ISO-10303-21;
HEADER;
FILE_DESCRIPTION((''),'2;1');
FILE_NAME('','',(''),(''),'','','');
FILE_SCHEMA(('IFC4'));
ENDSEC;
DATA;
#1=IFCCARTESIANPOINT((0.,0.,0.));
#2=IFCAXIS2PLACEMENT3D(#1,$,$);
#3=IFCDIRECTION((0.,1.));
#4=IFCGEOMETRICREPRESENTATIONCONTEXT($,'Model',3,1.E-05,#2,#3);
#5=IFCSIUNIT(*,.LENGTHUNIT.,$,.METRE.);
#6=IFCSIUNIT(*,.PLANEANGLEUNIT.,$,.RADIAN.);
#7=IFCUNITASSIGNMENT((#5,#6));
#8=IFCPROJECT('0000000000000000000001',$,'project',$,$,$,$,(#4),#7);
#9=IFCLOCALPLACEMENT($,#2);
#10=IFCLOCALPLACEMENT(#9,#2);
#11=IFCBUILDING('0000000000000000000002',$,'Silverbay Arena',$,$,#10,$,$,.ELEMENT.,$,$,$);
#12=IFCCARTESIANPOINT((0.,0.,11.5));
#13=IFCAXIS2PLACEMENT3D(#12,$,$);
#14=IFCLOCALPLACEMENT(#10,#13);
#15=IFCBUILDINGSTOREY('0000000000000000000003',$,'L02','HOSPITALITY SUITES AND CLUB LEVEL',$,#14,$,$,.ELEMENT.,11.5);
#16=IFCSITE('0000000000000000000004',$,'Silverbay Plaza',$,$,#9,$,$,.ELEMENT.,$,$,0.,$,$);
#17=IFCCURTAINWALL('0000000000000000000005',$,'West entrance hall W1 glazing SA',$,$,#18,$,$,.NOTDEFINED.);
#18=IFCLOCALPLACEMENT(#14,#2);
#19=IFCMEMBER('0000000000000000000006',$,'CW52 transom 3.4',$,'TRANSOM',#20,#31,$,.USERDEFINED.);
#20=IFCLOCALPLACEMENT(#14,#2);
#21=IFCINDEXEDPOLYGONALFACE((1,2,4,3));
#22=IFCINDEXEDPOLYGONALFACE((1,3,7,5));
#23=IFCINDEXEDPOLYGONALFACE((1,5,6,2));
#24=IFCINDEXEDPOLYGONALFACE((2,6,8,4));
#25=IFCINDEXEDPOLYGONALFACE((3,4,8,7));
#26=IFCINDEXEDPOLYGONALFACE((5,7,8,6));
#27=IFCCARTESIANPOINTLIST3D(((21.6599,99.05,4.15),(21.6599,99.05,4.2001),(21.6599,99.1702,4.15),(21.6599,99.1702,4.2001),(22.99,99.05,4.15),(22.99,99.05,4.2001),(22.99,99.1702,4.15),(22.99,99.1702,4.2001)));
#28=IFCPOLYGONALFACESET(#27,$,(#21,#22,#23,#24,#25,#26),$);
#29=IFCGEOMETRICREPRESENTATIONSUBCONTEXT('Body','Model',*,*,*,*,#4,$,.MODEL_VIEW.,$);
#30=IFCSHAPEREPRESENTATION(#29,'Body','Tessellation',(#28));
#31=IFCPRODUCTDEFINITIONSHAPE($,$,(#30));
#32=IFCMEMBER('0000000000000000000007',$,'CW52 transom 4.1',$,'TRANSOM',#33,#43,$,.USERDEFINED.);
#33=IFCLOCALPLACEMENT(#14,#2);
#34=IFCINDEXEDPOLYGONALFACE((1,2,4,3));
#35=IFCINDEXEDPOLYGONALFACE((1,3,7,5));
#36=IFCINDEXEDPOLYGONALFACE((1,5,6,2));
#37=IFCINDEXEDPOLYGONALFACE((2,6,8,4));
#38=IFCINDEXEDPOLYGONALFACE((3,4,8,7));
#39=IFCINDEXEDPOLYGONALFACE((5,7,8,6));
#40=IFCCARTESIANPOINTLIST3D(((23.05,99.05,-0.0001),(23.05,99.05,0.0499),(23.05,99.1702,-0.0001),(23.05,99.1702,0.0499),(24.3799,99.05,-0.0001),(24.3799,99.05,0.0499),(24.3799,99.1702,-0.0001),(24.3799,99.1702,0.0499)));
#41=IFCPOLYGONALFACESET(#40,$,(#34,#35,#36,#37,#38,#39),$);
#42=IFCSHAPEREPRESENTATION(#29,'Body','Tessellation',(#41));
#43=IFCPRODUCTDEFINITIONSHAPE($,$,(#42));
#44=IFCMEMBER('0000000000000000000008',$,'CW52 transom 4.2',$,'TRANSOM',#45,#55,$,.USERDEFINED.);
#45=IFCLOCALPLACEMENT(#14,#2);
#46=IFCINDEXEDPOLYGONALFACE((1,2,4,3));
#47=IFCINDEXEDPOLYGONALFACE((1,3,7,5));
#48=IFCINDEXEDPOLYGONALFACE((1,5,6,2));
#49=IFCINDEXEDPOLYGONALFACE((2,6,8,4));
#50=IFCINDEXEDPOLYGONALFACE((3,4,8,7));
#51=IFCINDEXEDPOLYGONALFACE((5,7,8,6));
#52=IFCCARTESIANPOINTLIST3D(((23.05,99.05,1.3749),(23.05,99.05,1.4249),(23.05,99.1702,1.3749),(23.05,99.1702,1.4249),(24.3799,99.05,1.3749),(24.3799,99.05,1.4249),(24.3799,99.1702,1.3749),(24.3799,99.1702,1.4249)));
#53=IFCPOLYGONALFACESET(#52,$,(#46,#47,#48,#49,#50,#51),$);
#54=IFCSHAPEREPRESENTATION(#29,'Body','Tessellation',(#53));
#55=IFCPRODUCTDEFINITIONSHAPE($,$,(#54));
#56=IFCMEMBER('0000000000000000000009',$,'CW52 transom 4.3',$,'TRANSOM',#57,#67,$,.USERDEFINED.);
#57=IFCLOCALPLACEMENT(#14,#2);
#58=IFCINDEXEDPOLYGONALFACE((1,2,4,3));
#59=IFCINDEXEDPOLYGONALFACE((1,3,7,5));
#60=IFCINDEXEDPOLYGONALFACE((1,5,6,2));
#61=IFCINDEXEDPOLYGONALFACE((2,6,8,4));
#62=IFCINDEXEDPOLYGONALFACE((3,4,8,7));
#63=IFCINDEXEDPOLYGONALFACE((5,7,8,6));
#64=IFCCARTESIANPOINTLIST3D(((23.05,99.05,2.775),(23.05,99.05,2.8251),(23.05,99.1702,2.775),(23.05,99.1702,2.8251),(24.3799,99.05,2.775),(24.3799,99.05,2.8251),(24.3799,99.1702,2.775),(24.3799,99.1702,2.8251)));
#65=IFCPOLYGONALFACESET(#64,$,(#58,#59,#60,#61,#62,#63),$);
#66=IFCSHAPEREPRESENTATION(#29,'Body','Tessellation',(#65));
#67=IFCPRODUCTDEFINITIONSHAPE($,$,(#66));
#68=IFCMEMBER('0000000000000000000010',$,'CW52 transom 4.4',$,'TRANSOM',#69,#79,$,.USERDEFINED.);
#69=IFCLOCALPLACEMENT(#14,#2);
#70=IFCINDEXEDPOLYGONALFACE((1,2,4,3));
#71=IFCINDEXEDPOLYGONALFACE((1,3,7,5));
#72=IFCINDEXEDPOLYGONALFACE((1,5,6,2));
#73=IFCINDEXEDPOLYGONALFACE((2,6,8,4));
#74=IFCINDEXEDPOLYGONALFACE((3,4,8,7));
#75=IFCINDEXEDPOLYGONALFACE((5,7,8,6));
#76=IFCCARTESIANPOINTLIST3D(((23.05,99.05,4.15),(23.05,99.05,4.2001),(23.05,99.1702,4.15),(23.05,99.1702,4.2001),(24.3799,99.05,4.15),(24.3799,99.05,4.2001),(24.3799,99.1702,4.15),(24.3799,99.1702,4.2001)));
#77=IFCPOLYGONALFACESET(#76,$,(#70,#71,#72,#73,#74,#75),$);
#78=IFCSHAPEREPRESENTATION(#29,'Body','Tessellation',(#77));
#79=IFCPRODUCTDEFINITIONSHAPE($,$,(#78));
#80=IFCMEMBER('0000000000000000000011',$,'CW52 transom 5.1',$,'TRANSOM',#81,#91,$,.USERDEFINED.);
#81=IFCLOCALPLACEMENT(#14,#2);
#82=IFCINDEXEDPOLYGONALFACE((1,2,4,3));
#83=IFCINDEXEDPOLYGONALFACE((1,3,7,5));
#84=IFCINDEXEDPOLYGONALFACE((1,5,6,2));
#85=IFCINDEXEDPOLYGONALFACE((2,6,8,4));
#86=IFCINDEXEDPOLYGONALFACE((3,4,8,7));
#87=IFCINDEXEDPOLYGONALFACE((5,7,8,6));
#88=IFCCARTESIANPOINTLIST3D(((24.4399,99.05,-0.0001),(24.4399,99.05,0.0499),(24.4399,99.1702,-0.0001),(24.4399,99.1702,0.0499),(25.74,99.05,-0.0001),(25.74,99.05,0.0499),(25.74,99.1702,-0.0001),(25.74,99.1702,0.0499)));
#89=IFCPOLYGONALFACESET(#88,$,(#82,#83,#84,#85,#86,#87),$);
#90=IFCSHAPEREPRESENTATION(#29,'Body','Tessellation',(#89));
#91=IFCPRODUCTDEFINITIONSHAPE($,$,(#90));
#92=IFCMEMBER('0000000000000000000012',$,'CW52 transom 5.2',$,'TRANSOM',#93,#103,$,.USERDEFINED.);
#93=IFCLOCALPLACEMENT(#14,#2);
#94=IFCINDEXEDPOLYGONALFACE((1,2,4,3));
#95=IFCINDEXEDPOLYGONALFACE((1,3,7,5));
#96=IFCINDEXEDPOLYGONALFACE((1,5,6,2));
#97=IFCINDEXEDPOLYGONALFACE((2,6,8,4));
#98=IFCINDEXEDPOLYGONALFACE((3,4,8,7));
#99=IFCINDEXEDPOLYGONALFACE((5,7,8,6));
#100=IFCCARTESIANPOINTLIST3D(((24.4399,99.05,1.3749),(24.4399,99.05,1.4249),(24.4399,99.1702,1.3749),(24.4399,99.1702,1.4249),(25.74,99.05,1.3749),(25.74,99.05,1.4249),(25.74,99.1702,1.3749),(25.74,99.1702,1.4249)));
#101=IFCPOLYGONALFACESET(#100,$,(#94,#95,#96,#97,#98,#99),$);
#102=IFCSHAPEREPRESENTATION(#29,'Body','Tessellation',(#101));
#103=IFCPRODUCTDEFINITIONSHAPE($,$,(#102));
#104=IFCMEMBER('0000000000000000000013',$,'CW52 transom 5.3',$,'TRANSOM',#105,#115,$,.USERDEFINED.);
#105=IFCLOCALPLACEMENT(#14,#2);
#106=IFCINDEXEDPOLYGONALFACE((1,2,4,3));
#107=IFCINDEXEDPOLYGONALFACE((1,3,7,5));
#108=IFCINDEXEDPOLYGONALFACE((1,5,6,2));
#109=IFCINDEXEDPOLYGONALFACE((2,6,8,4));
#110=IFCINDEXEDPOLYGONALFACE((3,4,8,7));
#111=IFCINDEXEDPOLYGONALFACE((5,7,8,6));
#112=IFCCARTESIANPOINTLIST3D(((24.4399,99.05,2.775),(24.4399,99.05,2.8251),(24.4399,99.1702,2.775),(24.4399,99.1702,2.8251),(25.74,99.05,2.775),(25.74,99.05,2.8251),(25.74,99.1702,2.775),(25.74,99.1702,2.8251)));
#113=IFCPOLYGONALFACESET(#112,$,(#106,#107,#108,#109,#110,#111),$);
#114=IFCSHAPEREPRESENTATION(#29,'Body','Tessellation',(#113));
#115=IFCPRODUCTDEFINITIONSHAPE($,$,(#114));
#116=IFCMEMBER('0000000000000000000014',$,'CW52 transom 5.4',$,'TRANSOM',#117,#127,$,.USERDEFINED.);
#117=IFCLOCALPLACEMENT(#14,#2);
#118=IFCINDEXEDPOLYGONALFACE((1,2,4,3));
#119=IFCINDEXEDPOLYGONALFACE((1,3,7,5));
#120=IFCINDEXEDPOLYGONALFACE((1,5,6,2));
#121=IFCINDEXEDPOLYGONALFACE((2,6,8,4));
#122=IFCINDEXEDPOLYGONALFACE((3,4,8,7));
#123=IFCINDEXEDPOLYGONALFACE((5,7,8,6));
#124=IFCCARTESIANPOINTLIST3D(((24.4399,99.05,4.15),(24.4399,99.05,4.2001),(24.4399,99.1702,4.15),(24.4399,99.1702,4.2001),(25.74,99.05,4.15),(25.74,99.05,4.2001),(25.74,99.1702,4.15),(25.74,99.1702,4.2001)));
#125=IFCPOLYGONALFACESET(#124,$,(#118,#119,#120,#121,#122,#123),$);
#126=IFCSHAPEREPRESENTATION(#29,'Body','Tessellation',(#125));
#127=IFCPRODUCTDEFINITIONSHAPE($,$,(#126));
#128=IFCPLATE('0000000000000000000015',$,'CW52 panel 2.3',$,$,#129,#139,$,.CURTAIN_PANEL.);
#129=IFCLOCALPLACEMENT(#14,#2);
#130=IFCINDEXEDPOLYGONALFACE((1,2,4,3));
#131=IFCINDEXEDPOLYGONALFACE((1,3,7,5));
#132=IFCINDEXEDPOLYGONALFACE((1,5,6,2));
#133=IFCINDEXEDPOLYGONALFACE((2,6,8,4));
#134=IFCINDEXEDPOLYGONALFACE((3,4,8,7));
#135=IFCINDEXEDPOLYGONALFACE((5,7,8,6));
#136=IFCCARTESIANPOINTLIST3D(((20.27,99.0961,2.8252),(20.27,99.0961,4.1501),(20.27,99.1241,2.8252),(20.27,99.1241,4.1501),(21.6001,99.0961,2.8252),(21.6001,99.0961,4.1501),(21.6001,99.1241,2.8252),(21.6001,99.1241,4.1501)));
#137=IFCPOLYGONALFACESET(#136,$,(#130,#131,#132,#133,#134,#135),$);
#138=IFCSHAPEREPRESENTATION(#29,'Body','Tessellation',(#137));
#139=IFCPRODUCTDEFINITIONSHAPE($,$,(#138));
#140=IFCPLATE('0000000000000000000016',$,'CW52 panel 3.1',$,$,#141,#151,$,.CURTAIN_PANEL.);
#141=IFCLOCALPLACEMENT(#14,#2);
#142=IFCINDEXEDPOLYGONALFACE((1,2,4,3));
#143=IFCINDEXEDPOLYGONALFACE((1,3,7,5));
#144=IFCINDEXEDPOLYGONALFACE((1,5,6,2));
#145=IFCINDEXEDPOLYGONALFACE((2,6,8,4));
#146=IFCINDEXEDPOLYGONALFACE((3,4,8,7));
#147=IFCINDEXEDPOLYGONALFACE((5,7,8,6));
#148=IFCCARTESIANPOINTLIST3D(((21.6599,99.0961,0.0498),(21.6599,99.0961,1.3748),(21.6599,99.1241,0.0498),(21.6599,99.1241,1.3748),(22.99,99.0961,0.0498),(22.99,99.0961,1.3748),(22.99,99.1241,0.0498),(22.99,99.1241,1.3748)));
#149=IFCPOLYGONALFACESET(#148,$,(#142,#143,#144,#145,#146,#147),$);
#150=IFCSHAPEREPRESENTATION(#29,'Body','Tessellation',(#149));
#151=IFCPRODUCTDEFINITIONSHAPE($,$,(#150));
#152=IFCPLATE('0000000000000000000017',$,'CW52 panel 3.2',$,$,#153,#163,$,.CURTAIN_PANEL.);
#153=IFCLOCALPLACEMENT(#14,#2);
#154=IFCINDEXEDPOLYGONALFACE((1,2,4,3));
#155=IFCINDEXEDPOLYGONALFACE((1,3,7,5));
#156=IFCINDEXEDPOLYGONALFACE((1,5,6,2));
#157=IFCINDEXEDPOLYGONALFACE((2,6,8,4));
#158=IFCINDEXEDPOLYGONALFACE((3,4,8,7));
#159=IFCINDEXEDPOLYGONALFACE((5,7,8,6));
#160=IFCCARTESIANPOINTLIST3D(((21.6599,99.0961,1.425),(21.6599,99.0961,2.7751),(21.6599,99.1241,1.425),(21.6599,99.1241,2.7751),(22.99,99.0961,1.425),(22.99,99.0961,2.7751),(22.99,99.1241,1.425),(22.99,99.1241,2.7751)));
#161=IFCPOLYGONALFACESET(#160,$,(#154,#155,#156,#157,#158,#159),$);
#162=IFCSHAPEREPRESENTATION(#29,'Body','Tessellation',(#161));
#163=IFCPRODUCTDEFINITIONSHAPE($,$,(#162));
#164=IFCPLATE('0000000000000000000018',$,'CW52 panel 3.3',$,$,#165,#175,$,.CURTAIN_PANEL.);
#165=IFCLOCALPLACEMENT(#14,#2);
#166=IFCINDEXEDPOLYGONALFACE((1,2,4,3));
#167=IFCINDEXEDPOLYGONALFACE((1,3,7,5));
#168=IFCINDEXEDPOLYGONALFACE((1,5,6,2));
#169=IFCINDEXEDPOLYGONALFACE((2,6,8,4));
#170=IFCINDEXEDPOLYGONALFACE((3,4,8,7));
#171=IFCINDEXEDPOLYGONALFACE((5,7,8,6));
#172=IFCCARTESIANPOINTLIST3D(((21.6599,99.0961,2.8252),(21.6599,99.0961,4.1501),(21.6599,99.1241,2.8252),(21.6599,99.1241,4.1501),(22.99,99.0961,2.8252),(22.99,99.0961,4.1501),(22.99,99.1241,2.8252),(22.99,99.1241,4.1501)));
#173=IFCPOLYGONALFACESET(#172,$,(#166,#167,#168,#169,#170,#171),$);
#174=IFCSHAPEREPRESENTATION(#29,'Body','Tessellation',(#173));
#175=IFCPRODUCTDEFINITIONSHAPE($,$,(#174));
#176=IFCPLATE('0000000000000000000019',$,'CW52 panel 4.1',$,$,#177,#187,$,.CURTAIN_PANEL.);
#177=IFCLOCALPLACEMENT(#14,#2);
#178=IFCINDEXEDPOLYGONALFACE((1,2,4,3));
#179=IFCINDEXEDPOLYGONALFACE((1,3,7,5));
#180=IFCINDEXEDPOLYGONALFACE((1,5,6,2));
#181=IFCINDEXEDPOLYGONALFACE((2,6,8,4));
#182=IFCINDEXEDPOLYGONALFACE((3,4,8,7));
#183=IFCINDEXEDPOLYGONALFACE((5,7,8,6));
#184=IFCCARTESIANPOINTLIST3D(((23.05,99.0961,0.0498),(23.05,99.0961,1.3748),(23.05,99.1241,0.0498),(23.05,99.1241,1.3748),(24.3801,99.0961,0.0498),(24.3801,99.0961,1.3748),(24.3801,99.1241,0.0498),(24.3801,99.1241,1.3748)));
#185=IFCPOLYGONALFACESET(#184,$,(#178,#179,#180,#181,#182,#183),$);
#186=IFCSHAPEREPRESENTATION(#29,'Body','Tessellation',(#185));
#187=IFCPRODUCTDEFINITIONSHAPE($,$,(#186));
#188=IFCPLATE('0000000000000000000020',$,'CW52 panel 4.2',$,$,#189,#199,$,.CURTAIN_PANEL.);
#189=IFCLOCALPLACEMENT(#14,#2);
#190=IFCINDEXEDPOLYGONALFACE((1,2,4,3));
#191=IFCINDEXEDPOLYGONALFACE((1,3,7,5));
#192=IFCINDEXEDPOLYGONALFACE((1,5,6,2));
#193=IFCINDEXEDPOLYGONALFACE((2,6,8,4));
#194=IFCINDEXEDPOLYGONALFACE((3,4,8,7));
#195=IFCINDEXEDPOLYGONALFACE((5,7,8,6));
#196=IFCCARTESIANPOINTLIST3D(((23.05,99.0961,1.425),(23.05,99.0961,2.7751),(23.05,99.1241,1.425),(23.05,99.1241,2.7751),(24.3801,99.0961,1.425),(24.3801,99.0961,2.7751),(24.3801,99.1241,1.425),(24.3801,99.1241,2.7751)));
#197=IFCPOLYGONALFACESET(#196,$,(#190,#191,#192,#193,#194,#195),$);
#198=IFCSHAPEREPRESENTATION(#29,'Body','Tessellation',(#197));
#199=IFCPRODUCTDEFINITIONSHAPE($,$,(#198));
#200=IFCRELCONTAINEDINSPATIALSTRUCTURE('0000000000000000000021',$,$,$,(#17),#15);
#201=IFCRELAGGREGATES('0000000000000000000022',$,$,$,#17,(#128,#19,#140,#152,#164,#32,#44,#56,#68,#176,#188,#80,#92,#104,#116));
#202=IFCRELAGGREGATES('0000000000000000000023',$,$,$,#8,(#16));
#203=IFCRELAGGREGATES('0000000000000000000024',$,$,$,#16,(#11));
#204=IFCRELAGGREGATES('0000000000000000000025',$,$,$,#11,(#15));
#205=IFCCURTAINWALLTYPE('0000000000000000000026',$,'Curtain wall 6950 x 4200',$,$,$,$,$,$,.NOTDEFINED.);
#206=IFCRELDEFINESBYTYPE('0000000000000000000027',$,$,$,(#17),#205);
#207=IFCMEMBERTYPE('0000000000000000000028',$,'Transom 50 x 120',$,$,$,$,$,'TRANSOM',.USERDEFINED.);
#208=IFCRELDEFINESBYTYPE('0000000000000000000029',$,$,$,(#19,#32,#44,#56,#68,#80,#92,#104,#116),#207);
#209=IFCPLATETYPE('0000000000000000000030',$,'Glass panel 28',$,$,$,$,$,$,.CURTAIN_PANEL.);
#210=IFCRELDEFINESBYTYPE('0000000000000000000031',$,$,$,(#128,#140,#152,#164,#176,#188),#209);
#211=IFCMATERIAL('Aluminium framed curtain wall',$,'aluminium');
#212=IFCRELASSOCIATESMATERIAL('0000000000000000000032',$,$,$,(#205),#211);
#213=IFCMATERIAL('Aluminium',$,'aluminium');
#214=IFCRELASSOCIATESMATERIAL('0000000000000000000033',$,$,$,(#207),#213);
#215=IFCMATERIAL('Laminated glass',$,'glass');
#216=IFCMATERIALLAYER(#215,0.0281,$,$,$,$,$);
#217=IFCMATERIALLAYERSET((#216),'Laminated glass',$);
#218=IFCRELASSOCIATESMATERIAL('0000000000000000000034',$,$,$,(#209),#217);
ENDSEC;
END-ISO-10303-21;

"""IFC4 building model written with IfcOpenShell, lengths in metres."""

from ifc_helpers import new_model, si_unit, direction, frame, origin, origin_2d, place, context, subcontext, project, spatial, rectangle, extrude, material, layer, layer_set, material_profile, profile_set, type_object, element, aggregate, save


model = new_model("IFC4")

# Units and contexts
model_context = context("Model", 3, precision=1e-05, world=origin(), true_north=direction((0.0, 1.0)))
body_context = subcontext(model_context, "Body", "Model", "MODEL_VIEW")
ifc_project = project(units=[si_unit("LENGTHUNIT", "METRE"), si_unit("PLANEANGLEUNIT", "RADIAN")], contexts=[model_context])

# Site, building, storey
site_placement = place(None, origin())
site = spatial("IfcSite", under=ifc_project, at=site_placement, Name="Silverbay Plaza", CompositionType="ELEMENT", RefElevation=0.0)
building_placement = place(site_placement, origin())
building = spatial("IfcBuilding", under=site, at=building_placement, Name="Silverbay Arena", CompositionType="ELEMENT")
storey_placement = place(building_placement, frame((0.0, 0.0, 11.5)))
storey = spatial("IfcBuildingStorey", under=building, at=storey_placement, Name="L02", Description="HOSPITALITY SUITES AND CLUB LEVEL", CompositionType="ELEMENT", Elevation=11.5)

# Curtain wall
ifc_material_1 = material(Name="Aluminium framed curtain wall", Category="aluminium")
curtain_wall_type = type_object("IfcCurtainWallType", Name="Curtain wall 6950 x 4200", PredefinedType="NOTDEFINED", material=ifc_material_1)
curtain_wall_placement = place(storey_placement, origin())
curtain_wall = element("IfcCurtainWall", 1, at=curtain_wall_placement, inside=storey, type_object=curtain_wall_type, Name="West entrance hall W1 glazing SA", PredefinedType="NOTDEFINED")

# Members
ifc_material_2 = material(Name="Aluminium", Category="aluminium")
ifc_material_profile_1 = material_profile(ifc_material_2, rectangle(XDim=0.1201, YDim=0.05, at=origin_2d()), Name="Transom 50 x 120")
ifc_profile_set_1 = profile_set([ifc_material_profile_1], Name="Aluminium")
member_type_1 = type_object("IfcMemberType", Name="Transom 50 x 120", ElementType="TRANSOM", PredefinedType="USERDEFINED", material=ifc_profile_set_1)
member_1_placement = place(storey_placement, frame((21.6599, 99.1101, 4.175), z_axis=(1.0, 0.0, 0.0), x_axis=(0.0, 1.0, 0.0)))
member_1 = element("IfcMember", 2, at=member_1_placement, type_object=member_type_1, Name="CW52 transom 3.4", ObjectType="TRANSOM", PredefinedType="USERDEFINED", context=body_context, shape_type="SweptSolid", body=[
    extrude(rectangle(XDim=0.1201, YDim=0.05, at=origin_2d()), origin(), (0.0, 0.0, 1.0), 1.3301),
])
member_2_placement = place(storey_placement, frame((23.05, 99.1101, 0.0249), z_axis=(1.0, 0.0, 0.0), x_axis=(0.0, 1.0, 0.0)))
member_2 = element("IfcMember", 3, at=member_2_placement, type_object=member_type_1, Name="CW52 transom 4.1", ObjectType="TRANSOM", PredefinedType="USERDEFINED", context=body_context, shape_type="SweptSolid", body=[
    extrude(rectangle(XDim=0.1201, YDim=0.05, at=origin_2d()), origin(), (0.0, 0.0, 1.0), 1.3298),
])
member_3_placement = place(storey_placement, frame((23.05, 99.1101, 1.3999), z_axis=(1.0, 0.0, 0.0), x_axis=(0.0, 1.0, 0.0)))
member_3 = element("IfcMember", 4, at=member_3_placement, type_object=member_type_1, Name="CW52 transom 4.2", ObjectType="TRANSOM", PredefinedType="USERDEFINED", context=body_context, shape_type="SweptSolid", body=[
    extrude(rectangle(XDim=0.1201, YDim=0.05, at=origin_2d()), origin(), (0.0, 0.0, 1.0), 1.3298),
])
member_4_placement = place(storey_placement, frame((23.05, 99.1101, 2.8), z_axis=(1.0, 0.0, 0.0), x_axis=(0.0, 1.0, 0.0)))
member_4 = element("IfcMember", 5, at=member_4_placement, type_object=member_type_1, Name="CW52 transom 4.3", ObjectType="TRANSOM", PredefinedType="USERDEFINED", context=body_context, shape_type="SweptSolid", body=[
    extrude(rectangle(XDim=0.1201, YDim=0.05, at=origin_2d()), origin(), (0.0, 0.0, 1.0), 1.3298),
])
member_5_placement = place(storey_placement, frame((23.05, 99.1101, 4.175), z_axis=(1.0, 0.0, 0.0), x_axis=(0.0, 1.0, 0.0)))
member_5 = element("IfcMember", 6, at=member_5_placement, type_object=member_type_1, Name="CW52 transom 4.4", ObjectType="TRANSOM", PredefinedType="USERDEFINED", context=body_context, shape_type="SweptSolid", body=[
    extrude(rectangle(XDim=0.1201, YDim=0.05, at=origin_2d()), origin(), (0.0, 0.0, 1.0), 1.3298),
])
member_6_placement = place(storey_placement, frame((24.4399, 99.1101, 0.0249), z_axis=(1.0, 0.0, 0.0), x_axis=(0.0, 1.0, 0.0)))
member_6 = element("IfcMember", 7, at=member_6_placement, type_object=member_type_1, Name="CW52 transom 5.1", ObjectType="TRANSOM", PredefinedType="USERDEFINED", context=body_context, shape_type="SweptSolid", body=[
    extrude(rectangle(XDim=0.1201, YDim=0.05, at=origin_2d()), origin(), (0.0, 0.0, 1.0), 1.3),
])
member_7_placement = place(storey_placement, frame((24.4399, 99.1101, 1.3999), z_axis=(1.0, 0.0, 0.0), x_axis=(0.0, 1.0, 0.0)))
member_7 = element("IfcMember", 8, at=member_7_placement, type_object=member_type_1, Name="CW52 transom 5.2", ObjectType="TRANSOM", PredefinedType="USERDEFINED", context=body_context, shape_type="SweptSolid", body=[
    extrude(rectangle(XDim=0.1201, YDim=0.05, at=origin_2d()), origin(), (0.0, 0.0, 1.0), 1.3),
])
member_8_placement = place(storey_placement, frame((24.4399, 99.1101, 2.8), z_axis=(1.0, 0.0, 0.0), x_axis=(0.0, 1.0, 0.0)))
member_8 = element("IfcMember", 9, at=member_8_placement, type_object=member_type_1, Name="CW52 transom 5.3", ObjectType="TRANSOM", PredefinedType="USERDEFINED", context=body_context, shape_type="SweptSolid", body=[
    extrude(rectangle(XDim=0.1201, YDim=0.05, at=origin_2d()), origin(), (0.0, 0.0, 1.0), 1.3),
])
member_9_placement = place(storey_placement, frame((24.4399, 99.1101, 4.175), z_axis=(1.0, 0.0, 0.0), x_axis=(0.0, 1.0, 0.0)))
member_9 = element("IfcMember", 10, at=member_9_placement, type_object=member_type_1, Name="CW52 transom 5.4", ObjectType="TRANSOM", PredefinedType="USERDEFINED", context=body_context, shape_type="SweptSolid", body=[
    extrude(rectangle(XDim=0.1201, YDim=0.05, at=origin_2d()), origin(), (0.0, 0.0, 1.0), 1.3),
])

# Plates
ifc_material_3 = material(Name="Laminated glass", Category="glass")
ifc_layer = layer(ifc_material_3, 0.0281)
ifc_layer_set = layer_set([ifc_layer], Name="Laminated glass")
plate_type = type_object("IfcPlateType", Name="Glass panel 28", PredefinedType="CURTAIN_PANEL", material=ifc_layer_set)
plate_1_placement = place(storey_placement, frame((20.9351, 99.1101, 2.8252), z_axis=(0.0, 0.0, 1.0), x_axis=(1.0, 0.0, 0.0)))
plate_1 = element("IfcPlate", 11, at=plate_1_placement, type_object=plate_type, Name="CW52 panel 2.3", PredefinedType="CURTAIN_PANEL", context=body_context, shape_type="SweptSolid", body=[
    extrude(rectangle(XDim=1.3301, YDim=0.0281, at=origin_2d()), origin(), (0.0, 0.0, 1.0), 1.325),
])
plate_2_placement = place(storey_placement, frame((22.325, 99.1101, 0.0498), z_axis=(0.0, 0.0, 1.0), x_axis=(1.0, 0.0, 0.0)))
plate_2 = element("IfcPlate", 12, at=plate_2_placement, type_object=plate_type, Name="CW52 panel 3.1", PredefinedType="CURTAIN_PANEL", context=body_context, shape_type="SweptSolid", body=[
    extrude(rectangle(XDim=1.3301, YDim=0.0281, at=origin_2d()), origin(), (0.0, 0.0, 1.0), 1.325),
])
plate_3_placement = place(storey_placement, frame((22.325, 99.1101, 1.425), z_axis=(0.0, 0.0, 1.0), x_axis=(1.0, 0.0, 0.0)))
plate_3 = element("IfcPlate", 13, at=plate_3_placement, type_object=plate_type, Name="CW52 panel 3.2", PredefinedType="CURTAIN_PANEL", context=body_context, shape_type="SweptSolid", body=[
    extrude(rectangle(XDim=1.3301, YDim=0.0281, at=origin_2d()), origin(), (0.0, 0.0, 1.0), 1.3501),
])
plate_4_placement = place(storey_placement, frame((22.325, 99.1101, 2.8252), z_axis=(0.0, 0.0, 1.0), x_axis=(1.0, 0.0, 0.0)))
plate_4 = element("IfcPlate", 14, at=plate_4_placement, type_object=plate_type, Name="CW52 panel 3.3", PredefinedType="CURTAIN_PANEL", context=body_context, shape_type="SweptSolid", body=[
    extrude(rectangle(XDim=1.3301, YDim=0.0281, at=origin_2d()), origin(), (0.0, 0.0, 1.0), 1.325),
])
plate_5_placement = place(storey_placement, frame((23.7151, 99.1101, 0.0498), z_axis=(0.0, 0.0, 1.0), x_axis=(1.0, 0.0, 0.0)))
plate_5 = element("IfcPlate", 15, at=plate_5_placement, type_object=plate_type, Name="CW52 panel 4.1", PredefinedType="CURTAIN_PANEL", context=body_context, shape_type="SweptSolid", body=[
    extrude(rectangle(XDim=1.3301, YDim=0.0281, at=origin_2d()), origin(), (0.0, 0.0, 1.0), 1.325),
])
plate_6_placement = place(storey_placement, frame((23.7151, 99.1101, 1.425), z_axis=(0.0, 0.0, 1.0), x_axis=(1.0, 0.0, 0.0)))
plate_6 = element("IfcPlate", 16, at=plate_6_placement, type_object=plate_type, Name="CW52 panel 4.2", PredefinedType="CURTAIN_PANEL", context=body_context, shape_type="SweptSolid", body=[
    extrude(rectangle(XDim=1.3301, YDim=0.0281, at=origin_2d()), origin(), (0.0, 0.0, 1.0), 1.3501),
])
aggregate(curtain_wall, [plate_1, member_1, plate_2, plate_3, plate_4, member_2, member_3, member_4, member_5, plate_5, plate_6, member_6, member_7, member_8, member_9])

save(model, "model.ifc")
